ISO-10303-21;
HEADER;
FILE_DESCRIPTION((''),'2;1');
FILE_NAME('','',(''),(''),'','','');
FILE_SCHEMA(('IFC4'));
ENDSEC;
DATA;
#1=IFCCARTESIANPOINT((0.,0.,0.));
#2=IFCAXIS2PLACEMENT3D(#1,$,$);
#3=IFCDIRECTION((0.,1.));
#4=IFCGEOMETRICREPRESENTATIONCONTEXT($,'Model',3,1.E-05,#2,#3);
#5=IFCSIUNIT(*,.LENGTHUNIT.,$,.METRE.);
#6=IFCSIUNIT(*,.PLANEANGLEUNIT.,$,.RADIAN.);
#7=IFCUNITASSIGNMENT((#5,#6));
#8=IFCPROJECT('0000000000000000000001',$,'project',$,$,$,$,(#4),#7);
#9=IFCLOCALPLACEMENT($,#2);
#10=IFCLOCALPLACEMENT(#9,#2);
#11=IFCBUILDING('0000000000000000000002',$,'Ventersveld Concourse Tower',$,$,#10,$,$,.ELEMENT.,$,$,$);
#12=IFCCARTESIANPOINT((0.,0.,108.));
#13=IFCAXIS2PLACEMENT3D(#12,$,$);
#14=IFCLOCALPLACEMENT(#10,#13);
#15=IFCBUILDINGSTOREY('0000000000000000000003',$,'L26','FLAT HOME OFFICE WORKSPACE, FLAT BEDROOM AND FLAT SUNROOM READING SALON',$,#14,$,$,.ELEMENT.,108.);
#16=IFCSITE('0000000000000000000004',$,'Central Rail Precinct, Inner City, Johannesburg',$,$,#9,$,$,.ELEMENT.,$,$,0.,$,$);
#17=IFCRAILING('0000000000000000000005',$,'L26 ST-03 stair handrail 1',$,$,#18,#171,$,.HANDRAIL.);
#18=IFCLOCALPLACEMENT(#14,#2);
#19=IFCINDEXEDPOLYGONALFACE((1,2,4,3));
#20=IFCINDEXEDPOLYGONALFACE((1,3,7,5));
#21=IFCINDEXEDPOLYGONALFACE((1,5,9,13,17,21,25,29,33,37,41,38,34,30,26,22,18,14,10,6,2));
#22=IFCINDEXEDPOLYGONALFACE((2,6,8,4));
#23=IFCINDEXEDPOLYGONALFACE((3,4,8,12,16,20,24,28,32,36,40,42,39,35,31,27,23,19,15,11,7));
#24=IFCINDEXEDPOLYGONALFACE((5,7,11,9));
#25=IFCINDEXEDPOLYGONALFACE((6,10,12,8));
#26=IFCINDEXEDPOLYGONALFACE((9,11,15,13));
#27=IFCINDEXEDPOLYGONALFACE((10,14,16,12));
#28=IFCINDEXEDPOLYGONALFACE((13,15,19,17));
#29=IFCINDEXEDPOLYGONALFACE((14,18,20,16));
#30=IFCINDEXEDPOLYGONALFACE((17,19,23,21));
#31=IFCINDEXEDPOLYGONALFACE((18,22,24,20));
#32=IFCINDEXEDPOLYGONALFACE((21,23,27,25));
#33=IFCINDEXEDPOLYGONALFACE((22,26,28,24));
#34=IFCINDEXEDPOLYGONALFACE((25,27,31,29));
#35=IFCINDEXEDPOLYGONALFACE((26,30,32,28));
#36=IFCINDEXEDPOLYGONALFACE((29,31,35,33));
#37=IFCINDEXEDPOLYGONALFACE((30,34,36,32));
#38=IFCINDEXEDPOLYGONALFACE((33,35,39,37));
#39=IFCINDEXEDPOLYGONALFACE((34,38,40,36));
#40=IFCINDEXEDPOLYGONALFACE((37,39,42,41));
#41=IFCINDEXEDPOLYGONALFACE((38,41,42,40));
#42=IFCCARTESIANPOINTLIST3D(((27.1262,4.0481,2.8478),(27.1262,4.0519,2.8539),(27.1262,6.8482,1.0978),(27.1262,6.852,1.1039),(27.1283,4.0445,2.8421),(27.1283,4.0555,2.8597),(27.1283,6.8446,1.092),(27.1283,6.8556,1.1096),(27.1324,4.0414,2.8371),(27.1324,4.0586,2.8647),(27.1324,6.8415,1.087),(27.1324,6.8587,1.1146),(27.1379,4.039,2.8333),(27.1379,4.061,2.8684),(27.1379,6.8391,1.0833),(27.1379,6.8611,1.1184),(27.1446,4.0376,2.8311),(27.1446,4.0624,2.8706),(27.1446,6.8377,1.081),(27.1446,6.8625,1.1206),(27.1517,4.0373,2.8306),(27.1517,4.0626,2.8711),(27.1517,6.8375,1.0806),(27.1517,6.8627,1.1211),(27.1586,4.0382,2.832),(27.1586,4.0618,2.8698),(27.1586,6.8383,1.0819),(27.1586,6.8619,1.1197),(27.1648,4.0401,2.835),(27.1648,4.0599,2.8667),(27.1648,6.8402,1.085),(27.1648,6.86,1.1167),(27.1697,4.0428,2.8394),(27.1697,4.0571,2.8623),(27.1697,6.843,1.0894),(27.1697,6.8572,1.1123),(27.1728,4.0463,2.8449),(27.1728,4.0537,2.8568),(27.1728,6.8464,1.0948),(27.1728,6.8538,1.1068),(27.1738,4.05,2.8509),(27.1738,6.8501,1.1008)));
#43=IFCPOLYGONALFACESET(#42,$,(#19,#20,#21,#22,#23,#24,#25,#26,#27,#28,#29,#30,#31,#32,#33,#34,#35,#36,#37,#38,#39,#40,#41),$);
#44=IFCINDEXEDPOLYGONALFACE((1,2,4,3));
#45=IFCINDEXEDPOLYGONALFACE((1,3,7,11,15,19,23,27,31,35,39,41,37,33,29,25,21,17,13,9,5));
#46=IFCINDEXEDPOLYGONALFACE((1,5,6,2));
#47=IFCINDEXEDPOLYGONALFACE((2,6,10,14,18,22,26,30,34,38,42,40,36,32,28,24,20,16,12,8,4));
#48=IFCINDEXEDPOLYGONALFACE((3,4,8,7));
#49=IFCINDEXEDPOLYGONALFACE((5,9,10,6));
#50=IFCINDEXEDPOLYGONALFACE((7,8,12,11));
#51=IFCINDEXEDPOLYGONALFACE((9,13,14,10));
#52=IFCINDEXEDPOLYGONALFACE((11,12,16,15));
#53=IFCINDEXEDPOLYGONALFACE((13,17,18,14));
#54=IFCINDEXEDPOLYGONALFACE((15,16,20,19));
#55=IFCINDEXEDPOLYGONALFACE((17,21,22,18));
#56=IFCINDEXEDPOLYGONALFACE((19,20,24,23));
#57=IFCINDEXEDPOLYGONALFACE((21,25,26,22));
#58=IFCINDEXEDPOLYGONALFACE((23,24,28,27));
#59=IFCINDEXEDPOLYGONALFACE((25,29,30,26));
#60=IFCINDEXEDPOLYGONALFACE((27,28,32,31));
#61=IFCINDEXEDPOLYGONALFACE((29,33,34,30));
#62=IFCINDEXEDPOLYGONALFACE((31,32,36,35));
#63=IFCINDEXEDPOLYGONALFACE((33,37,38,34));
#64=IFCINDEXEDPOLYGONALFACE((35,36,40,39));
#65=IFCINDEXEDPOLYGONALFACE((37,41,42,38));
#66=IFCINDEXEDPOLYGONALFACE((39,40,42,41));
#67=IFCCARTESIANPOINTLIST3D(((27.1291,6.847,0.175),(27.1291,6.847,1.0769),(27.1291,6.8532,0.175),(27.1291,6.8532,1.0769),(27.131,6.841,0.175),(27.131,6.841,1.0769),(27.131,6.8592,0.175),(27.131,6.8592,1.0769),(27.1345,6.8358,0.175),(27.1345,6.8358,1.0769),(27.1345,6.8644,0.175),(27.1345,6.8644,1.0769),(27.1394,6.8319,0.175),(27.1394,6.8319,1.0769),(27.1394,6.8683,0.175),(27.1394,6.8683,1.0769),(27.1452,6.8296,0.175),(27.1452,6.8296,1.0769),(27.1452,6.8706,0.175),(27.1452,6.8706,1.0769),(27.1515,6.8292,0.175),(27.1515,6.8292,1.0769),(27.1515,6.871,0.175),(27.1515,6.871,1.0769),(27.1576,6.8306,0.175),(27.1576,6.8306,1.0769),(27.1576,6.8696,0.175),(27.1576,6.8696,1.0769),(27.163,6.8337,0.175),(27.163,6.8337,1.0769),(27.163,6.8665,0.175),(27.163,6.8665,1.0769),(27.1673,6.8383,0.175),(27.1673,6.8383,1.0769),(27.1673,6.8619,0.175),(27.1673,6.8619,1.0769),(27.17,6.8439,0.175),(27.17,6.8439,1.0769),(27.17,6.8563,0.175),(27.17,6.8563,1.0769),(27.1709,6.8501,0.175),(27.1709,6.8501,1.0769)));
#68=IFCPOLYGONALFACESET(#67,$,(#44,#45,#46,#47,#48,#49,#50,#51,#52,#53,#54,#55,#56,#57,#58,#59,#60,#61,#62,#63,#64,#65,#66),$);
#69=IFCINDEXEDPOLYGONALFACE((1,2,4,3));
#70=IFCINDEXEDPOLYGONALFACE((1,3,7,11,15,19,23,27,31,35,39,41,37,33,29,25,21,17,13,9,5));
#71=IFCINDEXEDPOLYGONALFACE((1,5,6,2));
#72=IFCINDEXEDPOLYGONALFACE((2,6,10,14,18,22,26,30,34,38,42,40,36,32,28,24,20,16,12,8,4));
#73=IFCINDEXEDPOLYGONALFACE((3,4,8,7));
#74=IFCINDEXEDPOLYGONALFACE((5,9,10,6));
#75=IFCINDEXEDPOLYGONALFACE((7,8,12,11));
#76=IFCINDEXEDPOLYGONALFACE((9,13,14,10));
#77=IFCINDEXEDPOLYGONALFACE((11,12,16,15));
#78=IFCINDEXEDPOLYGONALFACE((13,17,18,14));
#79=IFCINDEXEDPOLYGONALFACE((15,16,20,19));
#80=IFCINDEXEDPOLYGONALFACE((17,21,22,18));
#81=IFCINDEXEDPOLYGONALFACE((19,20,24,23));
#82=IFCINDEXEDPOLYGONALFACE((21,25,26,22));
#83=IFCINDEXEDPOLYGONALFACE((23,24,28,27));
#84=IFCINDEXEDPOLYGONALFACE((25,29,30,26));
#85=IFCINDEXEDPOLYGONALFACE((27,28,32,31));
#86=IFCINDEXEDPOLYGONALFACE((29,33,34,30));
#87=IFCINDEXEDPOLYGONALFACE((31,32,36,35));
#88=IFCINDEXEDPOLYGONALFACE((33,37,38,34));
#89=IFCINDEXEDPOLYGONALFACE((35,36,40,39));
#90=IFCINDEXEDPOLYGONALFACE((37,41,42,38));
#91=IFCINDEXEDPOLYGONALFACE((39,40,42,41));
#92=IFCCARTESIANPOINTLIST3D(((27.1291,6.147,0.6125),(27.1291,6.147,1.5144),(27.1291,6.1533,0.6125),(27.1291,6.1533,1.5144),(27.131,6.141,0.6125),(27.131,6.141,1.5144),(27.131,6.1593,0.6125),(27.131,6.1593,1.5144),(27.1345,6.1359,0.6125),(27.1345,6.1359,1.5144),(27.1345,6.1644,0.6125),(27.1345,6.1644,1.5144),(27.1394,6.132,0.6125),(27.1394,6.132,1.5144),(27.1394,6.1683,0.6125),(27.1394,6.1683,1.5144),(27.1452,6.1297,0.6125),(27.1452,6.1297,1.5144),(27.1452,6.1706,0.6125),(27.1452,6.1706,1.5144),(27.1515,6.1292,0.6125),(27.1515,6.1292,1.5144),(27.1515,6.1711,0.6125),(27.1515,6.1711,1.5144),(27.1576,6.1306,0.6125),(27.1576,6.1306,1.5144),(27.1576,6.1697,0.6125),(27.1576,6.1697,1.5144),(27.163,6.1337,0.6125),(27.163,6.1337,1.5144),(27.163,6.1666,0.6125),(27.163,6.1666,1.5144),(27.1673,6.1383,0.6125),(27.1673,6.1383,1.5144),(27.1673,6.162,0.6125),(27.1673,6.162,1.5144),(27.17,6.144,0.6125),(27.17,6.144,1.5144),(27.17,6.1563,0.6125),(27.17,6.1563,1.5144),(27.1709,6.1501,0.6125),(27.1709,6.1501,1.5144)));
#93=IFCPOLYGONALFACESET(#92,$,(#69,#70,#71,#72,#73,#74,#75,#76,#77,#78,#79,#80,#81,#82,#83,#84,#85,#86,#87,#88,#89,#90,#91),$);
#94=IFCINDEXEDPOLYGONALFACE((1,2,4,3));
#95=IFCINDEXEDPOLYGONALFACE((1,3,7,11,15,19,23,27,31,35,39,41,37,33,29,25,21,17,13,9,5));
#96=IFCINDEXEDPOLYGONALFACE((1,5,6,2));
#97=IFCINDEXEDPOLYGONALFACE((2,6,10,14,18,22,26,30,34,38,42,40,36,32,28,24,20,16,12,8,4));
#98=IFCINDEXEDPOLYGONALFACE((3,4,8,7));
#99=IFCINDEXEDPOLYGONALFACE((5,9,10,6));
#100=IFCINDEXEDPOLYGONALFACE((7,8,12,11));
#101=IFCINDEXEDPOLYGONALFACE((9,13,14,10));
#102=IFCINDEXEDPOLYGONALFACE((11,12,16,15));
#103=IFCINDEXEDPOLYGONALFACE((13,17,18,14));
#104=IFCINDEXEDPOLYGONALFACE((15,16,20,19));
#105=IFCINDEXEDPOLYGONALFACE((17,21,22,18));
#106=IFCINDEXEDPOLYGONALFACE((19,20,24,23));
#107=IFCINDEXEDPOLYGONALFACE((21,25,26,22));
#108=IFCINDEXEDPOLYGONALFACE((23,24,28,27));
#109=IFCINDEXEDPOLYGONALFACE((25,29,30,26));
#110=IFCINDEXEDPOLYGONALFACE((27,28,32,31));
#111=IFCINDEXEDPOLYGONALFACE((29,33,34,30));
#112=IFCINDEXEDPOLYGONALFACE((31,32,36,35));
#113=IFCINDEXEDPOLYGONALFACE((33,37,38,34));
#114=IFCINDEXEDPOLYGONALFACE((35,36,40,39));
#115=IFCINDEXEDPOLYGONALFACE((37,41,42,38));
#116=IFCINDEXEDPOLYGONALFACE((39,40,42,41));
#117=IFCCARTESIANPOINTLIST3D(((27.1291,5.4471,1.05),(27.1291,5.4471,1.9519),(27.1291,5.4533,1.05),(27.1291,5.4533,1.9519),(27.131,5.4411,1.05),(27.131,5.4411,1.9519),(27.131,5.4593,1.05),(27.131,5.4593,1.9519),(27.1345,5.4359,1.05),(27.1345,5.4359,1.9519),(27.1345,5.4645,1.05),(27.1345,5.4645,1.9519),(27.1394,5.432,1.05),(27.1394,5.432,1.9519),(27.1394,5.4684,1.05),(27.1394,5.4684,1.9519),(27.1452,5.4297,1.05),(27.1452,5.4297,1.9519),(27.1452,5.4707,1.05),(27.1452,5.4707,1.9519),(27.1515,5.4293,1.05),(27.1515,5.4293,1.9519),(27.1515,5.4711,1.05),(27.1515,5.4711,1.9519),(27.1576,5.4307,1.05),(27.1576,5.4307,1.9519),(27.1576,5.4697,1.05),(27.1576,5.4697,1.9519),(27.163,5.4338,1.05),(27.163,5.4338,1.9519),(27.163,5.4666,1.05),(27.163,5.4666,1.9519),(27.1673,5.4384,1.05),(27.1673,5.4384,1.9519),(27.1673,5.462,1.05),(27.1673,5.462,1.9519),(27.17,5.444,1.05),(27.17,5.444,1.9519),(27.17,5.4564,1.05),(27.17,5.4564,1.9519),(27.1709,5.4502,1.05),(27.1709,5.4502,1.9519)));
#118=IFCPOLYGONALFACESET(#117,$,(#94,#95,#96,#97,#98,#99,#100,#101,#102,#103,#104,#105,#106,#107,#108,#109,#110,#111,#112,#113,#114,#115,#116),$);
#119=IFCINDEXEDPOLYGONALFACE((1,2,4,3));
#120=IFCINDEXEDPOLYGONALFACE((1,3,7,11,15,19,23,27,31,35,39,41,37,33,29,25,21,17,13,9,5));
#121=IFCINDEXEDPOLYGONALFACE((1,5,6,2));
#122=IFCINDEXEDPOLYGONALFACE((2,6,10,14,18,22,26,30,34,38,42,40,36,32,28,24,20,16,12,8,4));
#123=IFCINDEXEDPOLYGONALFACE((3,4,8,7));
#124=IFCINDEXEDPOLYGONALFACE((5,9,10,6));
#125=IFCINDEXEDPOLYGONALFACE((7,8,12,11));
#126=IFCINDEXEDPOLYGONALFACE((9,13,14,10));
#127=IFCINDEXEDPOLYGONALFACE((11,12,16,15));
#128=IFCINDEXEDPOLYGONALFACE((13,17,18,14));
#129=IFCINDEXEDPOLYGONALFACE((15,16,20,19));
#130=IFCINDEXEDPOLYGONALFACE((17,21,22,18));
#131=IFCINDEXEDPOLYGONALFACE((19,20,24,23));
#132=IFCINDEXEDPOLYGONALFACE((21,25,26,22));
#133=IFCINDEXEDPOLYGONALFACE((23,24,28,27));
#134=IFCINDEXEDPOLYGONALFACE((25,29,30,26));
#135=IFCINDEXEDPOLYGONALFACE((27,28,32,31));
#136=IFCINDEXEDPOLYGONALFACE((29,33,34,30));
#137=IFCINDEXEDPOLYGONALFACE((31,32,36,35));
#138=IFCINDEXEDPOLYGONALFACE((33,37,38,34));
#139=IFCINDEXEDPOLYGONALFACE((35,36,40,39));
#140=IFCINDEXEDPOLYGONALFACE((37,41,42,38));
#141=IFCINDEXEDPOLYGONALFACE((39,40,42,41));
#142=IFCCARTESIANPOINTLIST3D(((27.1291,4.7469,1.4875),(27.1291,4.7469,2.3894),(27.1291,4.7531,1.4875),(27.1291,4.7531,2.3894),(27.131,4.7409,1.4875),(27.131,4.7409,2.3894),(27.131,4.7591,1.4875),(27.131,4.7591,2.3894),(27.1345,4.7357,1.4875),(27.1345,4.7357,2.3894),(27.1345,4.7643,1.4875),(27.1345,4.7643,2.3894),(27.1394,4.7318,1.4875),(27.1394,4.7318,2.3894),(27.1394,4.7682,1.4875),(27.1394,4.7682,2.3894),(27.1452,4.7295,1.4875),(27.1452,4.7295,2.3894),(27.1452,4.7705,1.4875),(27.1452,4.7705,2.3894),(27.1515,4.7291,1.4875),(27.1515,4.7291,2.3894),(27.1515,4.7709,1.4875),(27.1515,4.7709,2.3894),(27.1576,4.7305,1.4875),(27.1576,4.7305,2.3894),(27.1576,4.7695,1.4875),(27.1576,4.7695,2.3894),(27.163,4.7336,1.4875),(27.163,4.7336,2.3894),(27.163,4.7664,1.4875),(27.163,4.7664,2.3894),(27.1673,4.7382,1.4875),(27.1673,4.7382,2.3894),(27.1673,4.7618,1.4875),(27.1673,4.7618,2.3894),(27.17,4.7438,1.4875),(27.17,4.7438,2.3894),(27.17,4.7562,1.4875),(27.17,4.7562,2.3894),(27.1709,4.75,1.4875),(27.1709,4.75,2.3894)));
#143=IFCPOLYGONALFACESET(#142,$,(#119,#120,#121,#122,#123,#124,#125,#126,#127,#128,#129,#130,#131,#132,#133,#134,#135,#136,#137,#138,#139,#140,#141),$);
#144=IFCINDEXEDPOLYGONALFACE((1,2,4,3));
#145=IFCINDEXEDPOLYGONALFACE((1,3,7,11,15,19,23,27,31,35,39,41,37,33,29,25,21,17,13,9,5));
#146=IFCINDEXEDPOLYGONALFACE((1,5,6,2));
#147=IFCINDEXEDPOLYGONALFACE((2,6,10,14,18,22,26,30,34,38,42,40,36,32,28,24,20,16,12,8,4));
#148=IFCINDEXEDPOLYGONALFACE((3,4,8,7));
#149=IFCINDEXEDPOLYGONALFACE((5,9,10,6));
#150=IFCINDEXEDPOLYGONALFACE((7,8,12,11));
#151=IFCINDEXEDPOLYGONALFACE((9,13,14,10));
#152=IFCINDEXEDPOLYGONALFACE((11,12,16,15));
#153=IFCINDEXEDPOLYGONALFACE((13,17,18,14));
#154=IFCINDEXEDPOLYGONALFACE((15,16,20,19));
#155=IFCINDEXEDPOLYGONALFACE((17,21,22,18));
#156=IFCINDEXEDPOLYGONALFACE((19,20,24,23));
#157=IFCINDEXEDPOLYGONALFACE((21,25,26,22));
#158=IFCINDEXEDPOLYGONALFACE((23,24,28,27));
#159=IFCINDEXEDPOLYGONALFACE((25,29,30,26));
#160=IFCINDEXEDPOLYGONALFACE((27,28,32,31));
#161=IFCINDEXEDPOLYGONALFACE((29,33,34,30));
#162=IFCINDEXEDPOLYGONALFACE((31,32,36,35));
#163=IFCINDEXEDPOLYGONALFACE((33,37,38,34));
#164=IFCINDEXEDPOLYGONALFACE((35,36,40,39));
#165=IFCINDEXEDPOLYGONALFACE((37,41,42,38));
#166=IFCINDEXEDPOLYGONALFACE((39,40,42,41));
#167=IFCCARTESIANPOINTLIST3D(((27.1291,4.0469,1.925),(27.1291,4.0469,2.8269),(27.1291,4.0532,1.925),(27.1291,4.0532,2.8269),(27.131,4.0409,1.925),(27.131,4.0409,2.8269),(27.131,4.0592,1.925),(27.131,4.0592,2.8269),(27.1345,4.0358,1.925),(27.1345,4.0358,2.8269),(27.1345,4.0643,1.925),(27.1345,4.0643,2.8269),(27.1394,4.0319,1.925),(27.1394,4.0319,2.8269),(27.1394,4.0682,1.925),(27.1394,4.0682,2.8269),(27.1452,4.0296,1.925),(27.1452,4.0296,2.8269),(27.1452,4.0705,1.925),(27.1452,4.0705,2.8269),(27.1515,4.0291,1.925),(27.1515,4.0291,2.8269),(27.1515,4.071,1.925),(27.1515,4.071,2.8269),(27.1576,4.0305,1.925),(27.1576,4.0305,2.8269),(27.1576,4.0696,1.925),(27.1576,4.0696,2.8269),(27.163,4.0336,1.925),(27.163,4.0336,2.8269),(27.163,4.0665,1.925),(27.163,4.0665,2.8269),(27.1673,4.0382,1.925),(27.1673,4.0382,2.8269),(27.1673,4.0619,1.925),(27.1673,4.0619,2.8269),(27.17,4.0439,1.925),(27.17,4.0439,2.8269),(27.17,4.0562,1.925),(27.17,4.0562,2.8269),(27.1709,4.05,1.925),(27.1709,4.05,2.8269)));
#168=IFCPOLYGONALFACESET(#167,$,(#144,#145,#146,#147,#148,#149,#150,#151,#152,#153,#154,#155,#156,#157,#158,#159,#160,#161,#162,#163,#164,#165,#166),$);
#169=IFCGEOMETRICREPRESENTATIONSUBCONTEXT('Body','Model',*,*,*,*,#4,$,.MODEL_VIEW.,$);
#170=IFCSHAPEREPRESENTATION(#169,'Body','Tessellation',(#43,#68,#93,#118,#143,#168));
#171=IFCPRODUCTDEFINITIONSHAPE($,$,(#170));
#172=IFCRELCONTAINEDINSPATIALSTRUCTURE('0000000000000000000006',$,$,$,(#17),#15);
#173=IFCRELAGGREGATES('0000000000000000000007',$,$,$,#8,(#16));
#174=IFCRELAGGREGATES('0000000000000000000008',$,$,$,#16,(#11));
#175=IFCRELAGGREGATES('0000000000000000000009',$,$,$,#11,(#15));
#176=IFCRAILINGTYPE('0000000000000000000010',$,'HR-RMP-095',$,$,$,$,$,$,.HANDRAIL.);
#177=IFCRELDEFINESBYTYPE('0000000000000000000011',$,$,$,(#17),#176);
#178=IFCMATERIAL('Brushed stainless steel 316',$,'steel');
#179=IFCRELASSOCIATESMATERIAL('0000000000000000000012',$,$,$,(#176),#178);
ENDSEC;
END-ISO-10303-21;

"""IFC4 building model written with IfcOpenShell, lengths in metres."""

from ifc_helpers import new_model, si_unit, direction, frame, origin, origin_2d, place, context, subcontext, project, spatial, circle, extrude, material, type_object, element, save


model = new_model("IFC4")

# Units and contexts
model_context = context("Model", 3, precision=1e-05, world=origin(), true_north=direction((0.0, 1.0)))
body_context = subcontext(model_context, "Body", "Model", "MODEL_VIEW")
ifc_project = project(units=[si_unit("LENGTHUNIT", "METRE"), si_unit("PLANEANGLEUNIT", "RADIAN")], contexts=[model_context])

# Site, building, storey
site_placement = place(None, origin())
site = spatial("IfcSite", under=ifc_project, at=site_placement, Name="Central Rail Precinct, Inner City, Johannesburg", CompositionType="ELEMENT", RefElevation=0.0)
building_placement = place(site_placement, origin())
building = spatial("IfcBuilding", under=site, at=building_placement, Name="Ventersveld Concourse Tower", CompositionType="ELEMENT")
storey_placement = place(building_placement, frame((0.0, 0.0, 108.0)))
storey = spatial("IfcBuildingStorey", under=building, at=storey_placement, Name="L26", Description="FLAT HOME OFFICE WORKSPACE, FLAT BEDROOM AND FLAT SUNROOM READING SALON", CompositionType="ELEMENT", Elevation=108.0)

# Shared definitions
ifc_material_1 = material(Name="Brushed stainless steel 316", Category="steel")

# Railing
railing_type = type_object("IfcRailingType", Name="HR-RMP-095", PredefinedType="HANDRAIL", material=ifc_material_1)
railing_placement = place(storey_placement, frame((27.1499, 6.8501, 0.175)))
element("IfcRailing", 1, at=railing_placement, inside=storey, type_object=railing_type, Name="L26 ST-03 stair handrail 1", PredefinedType="HANDRAIL", context=body_context, shape_type="SweptSolid", body=[
    extrude(circle(Radius=0.0239, at=origin_2d()), frame((0.0, 0.0, 0.9258), z_axis=(0.0, -0.848002, 0.529992), x_axis=(1.0, 0.0, 0.0)), (0.0, 0.0, 1.0), 3.302),
    extrude(circle(Radius=0.021, at=origin_2d()), origin(), (0.0, 0.0, 1.0), 0.9019),
    extrude(circle(Radius=0.021, at=origin_2d()), frame((0.0, -0.7, 0.4375)), (0.0, 0.0, 1.0), 0.9019),
    extrude(circle(Radius=0.021, at=origin_2d()), frame((0.0, -1.3999, 0.875)), (0.0, 0.0, 1.0), 0.9019),
    extrude(circle(Radius=0.021, at=origin_2d()), frame((0.0, -2.1001, 1.3125)), (0.0, 0.0, 1.0), 0.9019),
    extrude(circle(Radius=0.021, at=origin_2d()), frame((0.0, -2.8, 1.75)), (0.0, 0.0, 1.0), 0.9019),
])

save(model, "model.ifc")
